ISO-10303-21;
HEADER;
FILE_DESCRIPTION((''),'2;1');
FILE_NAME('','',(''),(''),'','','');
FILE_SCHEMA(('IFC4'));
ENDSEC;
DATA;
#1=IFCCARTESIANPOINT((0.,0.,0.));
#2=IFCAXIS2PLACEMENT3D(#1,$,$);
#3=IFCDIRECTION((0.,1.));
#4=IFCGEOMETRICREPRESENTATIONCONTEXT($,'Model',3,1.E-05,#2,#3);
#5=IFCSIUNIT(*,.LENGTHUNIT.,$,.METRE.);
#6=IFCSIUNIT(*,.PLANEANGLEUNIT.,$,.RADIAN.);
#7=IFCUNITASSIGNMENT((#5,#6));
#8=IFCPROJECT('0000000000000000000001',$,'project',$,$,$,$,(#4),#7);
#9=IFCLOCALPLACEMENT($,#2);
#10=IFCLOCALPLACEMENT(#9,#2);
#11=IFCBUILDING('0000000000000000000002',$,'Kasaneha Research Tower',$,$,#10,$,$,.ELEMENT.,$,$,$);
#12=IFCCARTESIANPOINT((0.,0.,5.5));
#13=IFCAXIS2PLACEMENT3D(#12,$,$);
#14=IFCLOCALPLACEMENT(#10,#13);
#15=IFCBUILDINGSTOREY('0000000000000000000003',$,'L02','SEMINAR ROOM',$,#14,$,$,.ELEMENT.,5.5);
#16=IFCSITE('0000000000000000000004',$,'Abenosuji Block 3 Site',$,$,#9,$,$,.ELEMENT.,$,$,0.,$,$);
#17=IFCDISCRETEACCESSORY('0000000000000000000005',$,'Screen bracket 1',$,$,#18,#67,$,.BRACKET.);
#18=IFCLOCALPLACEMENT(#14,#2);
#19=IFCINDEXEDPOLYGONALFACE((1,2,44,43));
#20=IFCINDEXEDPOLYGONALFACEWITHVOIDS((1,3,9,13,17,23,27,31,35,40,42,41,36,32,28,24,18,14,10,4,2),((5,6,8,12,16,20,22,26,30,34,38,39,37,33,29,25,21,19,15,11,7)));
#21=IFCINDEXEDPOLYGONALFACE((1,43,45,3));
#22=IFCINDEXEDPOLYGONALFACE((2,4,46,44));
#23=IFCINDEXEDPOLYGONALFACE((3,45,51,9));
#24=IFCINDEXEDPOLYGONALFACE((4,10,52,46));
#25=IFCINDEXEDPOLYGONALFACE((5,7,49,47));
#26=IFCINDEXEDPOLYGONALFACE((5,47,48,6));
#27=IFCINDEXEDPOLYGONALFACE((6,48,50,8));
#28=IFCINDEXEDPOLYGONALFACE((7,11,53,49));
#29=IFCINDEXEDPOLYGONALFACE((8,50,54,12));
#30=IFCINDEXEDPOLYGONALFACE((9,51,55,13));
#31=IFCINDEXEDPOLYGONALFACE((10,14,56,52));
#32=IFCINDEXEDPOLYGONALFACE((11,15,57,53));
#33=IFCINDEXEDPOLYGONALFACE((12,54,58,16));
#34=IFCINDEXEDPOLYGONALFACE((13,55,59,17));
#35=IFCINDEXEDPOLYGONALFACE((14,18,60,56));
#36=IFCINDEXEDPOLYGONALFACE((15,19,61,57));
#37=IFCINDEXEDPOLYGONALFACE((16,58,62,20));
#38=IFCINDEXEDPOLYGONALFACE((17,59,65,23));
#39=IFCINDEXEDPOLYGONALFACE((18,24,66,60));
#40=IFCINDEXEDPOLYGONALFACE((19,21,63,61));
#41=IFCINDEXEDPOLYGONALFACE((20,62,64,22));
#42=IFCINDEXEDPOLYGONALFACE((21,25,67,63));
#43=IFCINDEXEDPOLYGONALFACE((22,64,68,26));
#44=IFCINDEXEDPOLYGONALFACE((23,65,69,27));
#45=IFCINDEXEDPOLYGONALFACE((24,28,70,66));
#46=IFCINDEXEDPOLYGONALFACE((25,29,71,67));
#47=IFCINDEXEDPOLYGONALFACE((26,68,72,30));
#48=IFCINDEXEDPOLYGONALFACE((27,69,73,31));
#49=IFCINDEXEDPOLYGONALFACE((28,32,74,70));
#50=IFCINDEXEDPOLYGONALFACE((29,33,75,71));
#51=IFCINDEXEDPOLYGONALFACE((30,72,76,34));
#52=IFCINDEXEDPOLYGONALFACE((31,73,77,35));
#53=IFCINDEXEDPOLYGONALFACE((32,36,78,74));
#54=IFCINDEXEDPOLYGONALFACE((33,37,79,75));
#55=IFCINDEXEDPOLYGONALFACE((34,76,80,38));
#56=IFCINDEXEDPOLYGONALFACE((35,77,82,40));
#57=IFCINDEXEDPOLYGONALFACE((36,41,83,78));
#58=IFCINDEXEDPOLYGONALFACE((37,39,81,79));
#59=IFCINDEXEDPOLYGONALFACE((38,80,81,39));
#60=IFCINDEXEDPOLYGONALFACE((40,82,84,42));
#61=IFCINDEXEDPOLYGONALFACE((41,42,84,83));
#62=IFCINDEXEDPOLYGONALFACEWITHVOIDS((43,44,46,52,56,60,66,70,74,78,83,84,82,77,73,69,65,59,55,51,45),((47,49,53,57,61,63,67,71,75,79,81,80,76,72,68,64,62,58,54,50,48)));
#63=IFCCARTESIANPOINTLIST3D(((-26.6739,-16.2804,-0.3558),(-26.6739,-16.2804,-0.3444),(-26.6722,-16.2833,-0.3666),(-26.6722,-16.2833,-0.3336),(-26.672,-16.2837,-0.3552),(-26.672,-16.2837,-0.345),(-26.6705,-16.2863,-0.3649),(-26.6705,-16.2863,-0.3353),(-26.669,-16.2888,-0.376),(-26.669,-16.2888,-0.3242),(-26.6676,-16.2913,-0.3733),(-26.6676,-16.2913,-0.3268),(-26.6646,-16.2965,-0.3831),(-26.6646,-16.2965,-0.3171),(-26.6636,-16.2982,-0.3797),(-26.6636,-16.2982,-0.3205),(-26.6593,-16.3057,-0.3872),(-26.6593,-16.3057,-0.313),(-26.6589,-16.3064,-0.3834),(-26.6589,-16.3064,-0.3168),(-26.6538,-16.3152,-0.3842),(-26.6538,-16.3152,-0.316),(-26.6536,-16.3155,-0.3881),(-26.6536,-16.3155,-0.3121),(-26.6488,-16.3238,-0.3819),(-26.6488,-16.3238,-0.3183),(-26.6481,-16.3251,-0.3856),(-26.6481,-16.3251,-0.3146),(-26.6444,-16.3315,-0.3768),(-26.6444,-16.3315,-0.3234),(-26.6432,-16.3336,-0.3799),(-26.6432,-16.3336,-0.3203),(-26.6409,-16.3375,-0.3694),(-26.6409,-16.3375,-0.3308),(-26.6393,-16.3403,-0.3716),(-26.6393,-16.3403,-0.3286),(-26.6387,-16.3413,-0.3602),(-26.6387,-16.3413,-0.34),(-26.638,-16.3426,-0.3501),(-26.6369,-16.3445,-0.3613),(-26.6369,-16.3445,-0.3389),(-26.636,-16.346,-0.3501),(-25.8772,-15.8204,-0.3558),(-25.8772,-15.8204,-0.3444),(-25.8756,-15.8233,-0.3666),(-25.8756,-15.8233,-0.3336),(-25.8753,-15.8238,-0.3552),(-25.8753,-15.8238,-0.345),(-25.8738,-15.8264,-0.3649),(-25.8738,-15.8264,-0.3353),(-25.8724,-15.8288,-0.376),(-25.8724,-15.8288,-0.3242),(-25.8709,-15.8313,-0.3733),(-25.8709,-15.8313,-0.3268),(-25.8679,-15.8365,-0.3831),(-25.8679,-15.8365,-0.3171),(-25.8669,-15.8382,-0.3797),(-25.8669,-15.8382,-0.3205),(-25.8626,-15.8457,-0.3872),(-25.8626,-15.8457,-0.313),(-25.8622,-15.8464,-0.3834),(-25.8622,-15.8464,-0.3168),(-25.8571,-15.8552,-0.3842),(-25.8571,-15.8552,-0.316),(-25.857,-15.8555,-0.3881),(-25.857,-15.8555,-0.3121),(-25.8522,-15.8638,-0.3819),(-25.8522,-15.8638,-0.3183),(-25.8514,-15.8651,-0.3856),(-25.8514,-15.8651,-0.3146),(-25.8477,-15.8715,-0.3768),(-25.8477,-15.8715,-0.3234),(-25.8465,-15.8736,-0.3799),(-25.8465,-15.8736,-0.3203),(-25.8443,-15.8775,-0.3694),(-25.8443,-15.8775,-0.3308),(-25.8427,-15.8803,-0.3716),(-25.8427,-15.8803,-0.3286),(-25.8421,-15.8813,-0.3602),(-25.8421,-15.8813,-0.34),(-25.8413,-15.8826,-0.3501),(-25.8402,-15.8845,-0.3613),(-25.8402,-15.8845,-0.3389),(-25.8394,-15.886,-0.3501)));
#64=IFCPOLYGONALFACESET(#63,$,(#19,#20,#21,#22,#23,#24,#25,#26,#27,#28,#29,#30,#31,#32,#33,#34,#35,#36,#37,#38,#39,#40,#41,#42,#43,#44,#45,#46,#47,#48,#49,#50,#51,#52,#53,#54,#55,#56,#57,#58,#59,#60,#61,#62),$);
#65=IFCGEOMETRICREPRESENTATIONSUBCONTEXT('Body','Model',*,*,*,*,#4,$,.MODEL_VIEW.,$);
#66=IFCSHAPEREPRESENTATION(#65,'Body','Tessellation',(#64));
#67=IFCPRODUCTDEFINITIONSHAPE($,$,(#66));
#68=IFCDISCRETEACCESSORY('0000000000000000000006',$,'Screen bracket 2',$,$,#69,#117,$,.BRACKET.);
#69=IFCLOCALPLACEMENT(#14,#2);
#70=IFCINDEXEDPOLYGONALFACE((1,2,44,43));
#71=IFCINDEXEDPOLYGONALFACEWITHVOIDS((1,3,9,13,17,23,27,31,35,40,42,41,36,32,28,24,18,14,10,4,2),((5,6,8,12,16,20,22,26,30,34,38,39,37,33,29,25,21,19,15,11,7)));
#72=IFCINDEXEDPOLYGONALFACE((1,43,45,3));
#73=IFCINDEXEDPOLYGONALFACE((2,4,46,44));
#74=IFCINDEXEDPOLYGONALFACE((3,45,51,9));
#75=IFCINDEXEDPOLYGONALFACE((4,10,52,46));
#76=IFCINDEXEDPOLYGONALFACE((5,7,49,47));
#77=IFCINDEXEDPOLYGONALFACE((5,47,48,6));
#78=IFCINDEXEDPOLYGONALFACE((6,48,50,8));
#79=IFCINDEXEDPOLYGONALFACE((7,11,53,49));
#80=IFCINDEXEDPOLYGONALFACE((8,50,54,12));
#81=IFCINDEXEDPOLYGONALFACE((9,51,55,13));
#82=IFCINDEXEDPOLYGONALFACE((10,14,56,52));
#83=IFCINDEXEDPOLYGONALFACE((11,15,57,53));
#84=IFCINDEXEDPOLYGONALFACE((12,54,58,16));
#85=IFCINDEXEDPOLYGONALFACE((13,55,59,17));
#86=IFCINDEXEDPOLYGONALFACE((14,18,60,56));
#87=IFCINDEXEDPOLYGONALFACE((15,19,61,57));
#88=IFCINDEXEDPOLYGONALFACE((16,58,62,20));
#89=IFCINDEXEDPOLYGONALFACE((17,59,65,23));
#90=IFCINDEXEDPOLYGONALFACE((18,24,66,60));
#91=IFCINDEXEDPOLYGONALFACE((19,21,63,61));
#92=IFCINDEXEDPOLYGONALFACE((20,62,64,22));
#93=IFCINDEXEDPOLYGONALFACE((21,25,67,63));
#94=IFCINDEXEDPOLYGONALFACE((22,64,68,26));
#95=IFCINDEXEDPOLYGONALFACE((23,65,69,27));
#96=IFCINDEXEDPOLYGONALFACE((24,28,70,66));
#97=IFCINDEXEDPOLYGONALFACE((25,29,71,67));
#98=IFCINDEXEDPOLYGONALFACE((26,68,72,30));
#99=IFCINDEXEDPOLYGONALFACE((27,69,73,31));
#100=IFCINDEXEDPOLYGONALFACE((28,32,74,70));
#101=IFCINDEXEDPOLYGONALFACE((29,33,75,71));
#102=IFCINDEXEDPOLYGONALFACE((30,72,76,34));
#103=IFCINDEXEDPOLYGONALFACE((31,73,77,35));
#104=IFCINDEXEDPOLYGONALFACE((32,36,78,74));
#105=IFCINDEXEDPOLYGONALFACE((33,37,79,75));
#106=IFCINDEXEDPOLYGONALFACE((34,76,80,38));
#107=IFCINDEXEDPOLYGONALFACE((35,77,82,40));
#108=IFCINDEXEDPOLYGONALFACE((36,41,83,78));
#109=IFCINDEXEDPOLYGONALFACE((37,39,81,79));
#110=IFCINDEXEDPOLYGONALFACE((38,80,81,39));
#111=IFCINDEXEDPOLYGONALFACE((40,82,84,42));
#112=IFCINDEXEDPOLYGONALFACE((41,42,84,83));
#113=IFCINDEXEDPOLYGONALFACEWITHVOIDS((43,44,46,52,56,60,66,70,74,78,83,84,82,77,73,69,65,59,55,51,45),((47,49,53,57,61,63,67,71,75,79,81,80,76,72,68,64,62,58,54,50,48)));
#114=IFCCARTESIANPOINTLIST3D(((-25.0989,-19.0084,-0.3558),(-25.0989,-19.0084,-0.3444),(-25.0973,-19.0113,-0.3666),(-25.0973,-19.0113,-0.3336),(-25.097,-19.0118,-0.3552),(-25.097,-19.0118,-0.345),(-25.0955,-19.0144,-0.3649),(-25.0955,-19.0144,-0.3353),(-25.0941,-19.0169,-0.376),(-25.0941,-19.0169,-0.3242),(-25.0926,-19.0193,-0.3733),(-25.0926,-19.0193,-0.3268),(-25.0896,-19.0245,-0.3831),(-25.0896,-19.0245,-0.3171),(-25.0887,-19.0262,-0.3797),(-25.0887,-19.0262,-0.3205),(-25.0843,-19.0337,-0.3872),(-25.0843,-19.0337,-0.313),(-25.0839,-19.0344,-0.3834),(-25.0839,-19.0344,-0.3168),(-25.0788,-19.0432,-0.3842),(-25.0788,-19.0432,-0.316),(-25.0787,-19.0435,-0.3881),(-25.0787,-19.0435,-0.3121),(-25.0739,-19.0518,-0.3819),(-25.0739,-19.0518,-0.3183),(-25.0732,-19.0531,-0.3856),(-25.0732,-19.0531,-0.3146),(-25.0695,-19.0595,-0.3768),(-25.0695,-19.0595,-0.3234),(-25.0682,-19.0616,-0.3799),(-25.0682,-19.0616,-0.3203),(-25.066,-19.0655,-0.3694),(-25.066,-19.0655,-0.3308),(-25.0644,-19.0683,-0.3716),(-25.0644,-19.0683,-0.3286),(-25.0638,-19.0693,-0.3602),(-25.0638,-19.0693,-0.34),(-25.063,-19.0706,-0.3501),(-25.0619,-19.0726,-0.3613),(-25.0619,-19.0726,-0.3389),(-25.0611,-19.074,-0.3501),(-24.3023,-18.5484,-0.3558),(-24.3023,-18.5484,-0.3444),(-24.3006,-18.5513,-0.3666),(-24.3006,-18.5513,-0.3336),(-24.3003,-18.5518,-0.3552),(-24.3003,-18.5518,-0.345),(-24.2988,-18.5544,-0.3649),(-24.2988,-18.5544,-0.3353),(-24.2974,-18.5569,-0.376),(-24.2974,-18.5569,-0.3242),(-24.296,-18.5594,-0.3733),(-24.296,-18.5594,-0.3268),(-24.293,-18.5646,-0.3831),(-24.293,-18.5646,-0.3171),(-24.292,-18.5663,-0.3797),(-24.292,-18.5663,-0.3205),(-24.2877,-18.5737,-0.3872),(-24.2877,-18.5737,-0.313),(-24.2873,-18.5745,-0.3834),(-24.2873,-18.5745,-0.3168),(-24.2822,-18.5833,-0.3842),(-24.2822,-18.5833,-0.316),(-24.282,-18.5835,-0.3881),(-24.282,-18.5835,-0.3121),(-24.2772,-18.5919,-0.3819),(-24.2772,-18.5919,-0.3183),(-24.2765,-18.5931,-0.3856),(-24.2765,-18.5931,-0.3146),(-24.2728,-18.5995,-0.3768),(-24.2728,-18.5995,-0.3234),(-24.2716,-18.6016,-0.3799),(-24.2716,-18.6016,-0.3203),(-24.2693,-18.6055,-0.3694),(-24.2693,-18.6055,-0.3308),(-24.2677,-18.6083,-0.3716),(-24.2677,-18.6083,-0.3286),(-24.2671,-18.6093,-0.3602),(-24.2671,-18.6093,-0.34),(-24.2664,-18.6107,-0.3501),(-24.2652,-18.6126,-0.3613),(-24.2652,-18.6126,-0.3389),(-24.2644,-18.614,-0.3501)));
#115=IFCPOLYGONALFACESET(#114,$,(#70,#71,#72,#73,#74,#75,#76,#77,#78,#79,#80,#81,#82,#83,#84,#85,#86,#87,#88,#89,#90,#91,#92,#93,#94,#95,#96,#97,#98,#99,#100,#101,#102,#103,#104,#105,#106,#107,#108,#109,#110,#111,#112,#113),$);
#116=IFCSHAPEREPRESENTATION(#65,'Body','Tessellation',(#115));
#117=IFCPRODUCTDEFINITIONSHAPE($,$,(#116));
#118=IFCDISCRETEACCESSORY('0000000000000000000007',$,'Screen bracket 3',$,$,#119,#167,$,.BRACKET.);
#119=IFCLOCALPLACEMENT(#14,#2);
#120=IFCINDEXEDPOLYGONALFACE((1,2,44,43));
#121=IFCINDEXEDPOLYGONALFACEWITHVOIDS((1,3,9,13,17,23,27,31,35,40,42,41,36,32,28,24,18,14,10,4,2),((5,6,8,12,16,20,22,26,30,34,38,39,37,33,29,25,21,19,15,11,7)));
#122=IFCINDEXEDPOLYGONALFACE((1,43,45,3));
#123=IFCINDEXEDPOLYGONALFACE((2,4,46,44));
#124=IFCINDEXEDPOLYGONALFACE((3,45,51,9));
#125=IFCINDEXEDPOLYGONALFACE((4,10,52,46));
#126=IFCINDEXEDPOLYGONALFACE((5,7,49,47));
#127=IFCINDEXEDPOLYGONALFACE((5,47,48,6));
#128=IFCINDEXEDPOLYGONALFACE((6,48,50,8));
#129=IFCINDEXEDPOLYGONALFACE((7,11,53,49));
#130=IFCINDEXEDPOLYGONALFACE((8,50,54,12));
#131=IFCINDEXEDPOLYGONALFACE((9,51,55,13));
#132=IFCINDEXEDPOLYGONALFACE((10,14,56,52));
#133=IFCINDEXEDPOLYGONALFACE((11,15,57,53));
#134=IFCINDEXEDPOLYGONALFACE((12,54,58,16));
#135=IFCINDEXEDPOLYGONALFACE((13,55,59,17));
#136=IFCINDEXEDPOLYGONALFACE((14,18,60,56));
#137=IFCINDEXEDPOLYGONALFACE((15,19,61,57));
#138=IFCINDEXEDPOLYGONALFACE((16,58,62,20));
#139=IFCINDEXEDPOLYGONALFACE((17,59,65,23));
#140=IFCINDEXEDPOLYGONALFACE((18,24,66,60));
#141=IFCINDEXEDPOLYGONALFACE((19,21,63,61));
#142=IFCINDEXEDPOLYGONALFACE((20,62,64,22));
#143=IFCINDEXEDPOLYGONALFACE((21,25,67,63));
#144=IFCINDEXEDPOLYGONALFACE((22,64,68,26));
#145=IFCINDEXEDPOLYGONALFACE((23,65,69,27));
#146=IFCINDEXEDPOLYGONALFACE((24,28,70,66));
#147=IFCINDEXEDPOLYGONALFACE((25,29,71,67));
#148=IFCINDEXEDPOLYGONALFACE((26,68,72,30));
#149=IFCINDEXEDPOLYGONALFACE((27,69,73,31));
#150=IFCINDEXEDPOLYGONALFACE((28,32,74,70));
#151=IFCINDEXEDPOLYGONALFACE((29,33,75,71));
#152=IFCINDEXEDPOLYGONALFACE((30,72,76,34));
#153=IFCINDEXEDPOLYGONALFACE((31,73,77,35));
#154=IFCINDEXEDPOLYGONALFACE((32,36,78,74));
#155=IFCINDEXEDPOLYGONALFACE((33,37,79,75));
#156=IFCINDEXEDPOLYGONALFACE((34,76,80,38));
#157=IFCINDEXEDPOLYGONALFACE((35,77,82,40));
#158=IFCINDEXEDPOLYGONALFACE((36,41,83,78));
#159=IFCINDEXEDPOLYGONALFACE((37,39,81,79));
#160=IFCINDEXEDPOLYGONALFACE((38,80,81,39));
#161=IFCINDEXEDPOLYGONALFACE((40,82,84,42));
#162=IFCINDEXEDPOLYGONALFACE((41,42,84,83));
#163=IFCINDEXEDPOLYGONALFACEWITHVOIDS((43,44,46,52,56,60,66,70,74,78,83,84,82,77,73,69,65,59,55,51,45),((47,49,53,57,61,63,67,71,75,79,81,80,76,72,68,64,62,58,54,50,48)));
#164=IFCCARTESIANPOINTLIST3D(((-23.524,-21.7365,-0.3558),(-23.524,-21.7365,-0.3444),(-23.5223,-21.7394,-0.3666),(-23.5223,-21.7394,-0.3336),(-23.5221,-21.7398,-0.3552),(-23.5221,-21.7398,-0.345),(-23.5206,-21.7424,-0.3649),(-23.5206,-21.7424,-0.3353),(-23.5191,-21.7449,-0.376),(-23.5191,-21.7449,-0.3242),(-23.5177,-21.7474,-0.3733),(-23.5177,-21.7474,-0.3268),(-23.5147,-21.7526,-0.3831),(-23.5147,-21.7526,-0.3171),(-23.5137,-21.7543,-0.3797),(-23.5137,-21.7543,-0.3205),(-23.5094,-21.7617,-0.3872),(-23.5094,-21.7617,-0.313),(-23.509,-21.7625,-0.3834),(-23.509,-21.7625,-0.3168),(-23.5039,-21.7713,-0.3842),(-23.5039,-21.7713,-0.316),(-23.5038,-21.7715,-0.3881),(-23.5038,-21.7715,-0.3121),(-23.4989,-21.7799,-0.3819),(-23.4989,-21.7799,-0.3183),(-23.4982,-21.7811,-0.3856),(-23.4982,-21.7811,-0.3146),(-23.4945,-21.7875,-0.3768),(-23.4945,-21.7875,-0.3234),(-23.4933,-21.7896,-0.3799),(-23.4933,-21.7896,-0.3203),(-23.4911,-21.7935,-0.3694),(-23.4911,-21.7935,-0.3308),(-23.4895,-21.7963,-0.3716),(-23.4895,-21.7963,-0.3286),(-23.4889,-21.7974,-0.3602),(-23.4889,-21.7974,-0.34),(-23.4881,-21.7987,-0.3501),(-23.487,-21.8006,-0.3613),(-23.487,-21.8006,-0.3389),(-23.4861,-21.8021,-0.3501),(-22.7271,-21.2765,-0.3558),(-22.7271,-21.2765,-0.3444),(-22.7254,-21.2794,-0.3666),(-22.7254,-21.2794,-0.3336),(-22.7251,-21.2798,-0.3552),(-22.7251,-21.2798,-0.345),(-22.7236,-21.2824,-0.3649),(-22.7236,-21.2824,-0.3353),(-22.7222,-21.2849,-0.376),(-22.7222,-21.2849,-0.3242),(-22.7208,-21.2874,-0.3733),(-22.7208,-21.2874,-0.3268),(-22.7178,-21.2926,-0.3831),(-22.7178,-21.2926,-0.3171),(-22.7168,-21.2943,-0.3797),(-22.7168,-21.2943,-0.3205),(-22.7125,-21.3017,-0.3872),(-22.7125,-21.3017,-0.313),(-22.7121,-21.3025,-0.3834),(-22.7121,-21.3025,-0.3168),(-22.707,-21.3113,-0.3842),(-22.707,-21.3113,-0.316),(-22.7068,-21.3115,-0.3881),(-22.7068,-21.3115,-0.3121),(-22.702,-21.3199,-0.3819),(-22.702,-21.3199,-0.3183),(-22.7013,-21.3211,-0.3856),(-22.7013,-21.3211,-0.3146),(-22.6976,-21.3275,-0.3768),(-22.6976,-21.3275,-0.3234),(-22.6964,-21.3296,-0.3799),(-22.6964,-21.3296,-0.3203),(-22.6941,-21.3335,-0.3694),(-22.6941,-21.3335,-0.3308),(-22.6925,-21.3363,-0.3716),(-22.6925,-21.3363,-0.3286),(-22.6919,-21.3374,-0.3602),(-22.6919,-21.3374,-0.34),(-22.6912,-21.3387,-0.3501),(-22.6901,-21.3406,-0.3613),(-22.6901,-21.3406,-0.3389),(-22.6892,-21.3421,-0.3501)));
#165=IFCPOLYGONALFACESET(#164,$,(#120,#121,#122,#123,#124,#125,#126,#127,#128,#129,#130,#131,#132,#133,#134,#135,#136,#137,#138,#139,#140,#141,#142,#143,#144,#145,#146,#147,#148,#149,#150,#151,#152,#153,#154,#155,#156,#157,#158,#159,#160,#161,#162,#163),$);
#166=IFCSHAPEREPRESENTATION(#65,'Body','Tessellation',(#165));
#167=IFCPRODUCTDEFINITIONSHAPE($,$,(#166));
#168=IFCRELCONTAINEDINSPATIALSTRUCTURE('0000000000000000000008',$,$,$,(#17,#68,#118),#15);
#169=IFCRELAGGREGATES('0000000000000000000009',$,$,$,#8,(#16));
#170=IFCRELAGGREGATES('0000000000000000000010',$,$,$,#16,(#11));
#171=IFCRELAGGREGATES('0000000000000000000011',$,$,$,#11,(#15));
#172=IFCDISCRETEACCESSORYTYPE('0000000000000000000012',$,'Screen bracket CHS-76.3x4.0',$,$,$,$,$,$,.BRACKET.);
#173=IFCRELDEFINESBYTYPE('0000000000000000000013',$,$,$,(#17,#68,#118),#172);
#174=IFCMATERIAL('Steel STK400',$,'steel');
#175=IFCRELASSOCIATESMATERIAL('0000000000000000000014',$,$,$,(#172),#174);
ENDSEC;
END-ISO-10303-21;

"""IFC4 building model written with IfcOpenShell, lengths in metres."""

from ifc_helpers import new_model, si_unit, direction, frame, origin, origin_2d, place, context, subcontext, project, spatial, hollow_circle, extrude, material, material_profile, profile_set, type_object, element, save


model = new_model("IFC4")

# Units and contexts
model_context = context("Model", 3, precision=1e-05, world=origin(), true_north=direction((0.0, 1.0)))
body_context = subcontext(model_context, "Body", "Model", "MODEL_VIEW")
ifc_project = project(units=[si_unit("LENGTHUNIT", "METRE"), si_unit("PLANEANGLEUNIT", "RADIAN")], contexts=[model_context])

# Site, building, storey
site_placement = place(None, origin())
site = spatial("IfcSite", under=ifc_project, at=site_placement, Name="Abenosuji Block 3 Site", CompositionType="ELEMENT", RefElevation=0.0)
building_placement = place(site_placement, origin())
building = spatial("IfcBuilding", under=site, at=building_placement, Name="Kasaneha Research Tower", CompositionType="ELEMENT")
storey_placement = place(building_placement, frame((0.0, 0.0, 5.5)))
storey = spatial("IfcBuildingStorey", under=building, at=storey_placement, Name="L02", Description="SEMINAR ROOM", CompositionType="ELEMENT", Elevation=5.5)

# Discrete accessories
ifc_material_1 = material(Name="Steel STK400", Category="steel")
ifc_material_profile_1 = material_profile(ifc_material_1, hollow_circle(Radius=0.0381, WallThickness=0.0039, at=origin_2d()), Name="CHS-76.3x4.0")
ifc_profile_set_1 = profile_set([ifc_material_profile_1], Name="Steel STK400")
discrete_accessory_type = type_object("IfcDiscreteAccessoryType", Name="Screen bracket CHS-76.3x4.0", PredefinedType="BRACKET", material=ifc_profile_set_1)
for number, where, z_axis, x_axis, name in (
    (1, (-25.8584, -15.853, -0.3501), (-0.866013, -0.500021, 0.0), (0.500021, -0.866013, 0.0), "Screen bracket 1"),
    (2, (-24.2834, -18.5811, -0.3501), (-0.866013, -0.500021, 0.0), (0.500021, -0.866013, 0.0), "Screen bracket 2"),
):
    element("IfcDiscreteAccessory", number, at=place(storey_placement, frame(where, z_axis=z_axis, x_axis=x_axis)), inside=storey, type_object=discrete_accessory_type, Name=name, PredefinedType="BRACKET", context=body_context, shape_type="SweptSolid", body=[
        extrude(hollow_circle(Radius=0.0381, WallThickness=0.0039, at=origin_2d()), origin(), (0.0, 0.0, 1.0), 0.9199),
    ])
for number, where, z_axis, x_axis, name in (
    (3, (-22.7083, -21.3091, -0.3501), (-0.86608, -0.499906, 0.0), (0.499906, -0.86608, 0.0), "Screen bracket 3"),
):
    element("IfcDiscreteAccessory", number, at=place(storey_placement, frame(where, z_axis=z_axis, x_axis=x_axis)), inside=storey, type_object=discrete_accessory_type, Name=name, PredefinedType="BRACKET", context=body_context, shape_type="SweptSolid", body=[
        extrude(hollow_circle(Radius=0.0381, WallThickness=0.0039, at=origin_2d()), origin(), (0.0, 0.0, 1.0), 0.9202),
    ])

save(model, "model.ifc")
